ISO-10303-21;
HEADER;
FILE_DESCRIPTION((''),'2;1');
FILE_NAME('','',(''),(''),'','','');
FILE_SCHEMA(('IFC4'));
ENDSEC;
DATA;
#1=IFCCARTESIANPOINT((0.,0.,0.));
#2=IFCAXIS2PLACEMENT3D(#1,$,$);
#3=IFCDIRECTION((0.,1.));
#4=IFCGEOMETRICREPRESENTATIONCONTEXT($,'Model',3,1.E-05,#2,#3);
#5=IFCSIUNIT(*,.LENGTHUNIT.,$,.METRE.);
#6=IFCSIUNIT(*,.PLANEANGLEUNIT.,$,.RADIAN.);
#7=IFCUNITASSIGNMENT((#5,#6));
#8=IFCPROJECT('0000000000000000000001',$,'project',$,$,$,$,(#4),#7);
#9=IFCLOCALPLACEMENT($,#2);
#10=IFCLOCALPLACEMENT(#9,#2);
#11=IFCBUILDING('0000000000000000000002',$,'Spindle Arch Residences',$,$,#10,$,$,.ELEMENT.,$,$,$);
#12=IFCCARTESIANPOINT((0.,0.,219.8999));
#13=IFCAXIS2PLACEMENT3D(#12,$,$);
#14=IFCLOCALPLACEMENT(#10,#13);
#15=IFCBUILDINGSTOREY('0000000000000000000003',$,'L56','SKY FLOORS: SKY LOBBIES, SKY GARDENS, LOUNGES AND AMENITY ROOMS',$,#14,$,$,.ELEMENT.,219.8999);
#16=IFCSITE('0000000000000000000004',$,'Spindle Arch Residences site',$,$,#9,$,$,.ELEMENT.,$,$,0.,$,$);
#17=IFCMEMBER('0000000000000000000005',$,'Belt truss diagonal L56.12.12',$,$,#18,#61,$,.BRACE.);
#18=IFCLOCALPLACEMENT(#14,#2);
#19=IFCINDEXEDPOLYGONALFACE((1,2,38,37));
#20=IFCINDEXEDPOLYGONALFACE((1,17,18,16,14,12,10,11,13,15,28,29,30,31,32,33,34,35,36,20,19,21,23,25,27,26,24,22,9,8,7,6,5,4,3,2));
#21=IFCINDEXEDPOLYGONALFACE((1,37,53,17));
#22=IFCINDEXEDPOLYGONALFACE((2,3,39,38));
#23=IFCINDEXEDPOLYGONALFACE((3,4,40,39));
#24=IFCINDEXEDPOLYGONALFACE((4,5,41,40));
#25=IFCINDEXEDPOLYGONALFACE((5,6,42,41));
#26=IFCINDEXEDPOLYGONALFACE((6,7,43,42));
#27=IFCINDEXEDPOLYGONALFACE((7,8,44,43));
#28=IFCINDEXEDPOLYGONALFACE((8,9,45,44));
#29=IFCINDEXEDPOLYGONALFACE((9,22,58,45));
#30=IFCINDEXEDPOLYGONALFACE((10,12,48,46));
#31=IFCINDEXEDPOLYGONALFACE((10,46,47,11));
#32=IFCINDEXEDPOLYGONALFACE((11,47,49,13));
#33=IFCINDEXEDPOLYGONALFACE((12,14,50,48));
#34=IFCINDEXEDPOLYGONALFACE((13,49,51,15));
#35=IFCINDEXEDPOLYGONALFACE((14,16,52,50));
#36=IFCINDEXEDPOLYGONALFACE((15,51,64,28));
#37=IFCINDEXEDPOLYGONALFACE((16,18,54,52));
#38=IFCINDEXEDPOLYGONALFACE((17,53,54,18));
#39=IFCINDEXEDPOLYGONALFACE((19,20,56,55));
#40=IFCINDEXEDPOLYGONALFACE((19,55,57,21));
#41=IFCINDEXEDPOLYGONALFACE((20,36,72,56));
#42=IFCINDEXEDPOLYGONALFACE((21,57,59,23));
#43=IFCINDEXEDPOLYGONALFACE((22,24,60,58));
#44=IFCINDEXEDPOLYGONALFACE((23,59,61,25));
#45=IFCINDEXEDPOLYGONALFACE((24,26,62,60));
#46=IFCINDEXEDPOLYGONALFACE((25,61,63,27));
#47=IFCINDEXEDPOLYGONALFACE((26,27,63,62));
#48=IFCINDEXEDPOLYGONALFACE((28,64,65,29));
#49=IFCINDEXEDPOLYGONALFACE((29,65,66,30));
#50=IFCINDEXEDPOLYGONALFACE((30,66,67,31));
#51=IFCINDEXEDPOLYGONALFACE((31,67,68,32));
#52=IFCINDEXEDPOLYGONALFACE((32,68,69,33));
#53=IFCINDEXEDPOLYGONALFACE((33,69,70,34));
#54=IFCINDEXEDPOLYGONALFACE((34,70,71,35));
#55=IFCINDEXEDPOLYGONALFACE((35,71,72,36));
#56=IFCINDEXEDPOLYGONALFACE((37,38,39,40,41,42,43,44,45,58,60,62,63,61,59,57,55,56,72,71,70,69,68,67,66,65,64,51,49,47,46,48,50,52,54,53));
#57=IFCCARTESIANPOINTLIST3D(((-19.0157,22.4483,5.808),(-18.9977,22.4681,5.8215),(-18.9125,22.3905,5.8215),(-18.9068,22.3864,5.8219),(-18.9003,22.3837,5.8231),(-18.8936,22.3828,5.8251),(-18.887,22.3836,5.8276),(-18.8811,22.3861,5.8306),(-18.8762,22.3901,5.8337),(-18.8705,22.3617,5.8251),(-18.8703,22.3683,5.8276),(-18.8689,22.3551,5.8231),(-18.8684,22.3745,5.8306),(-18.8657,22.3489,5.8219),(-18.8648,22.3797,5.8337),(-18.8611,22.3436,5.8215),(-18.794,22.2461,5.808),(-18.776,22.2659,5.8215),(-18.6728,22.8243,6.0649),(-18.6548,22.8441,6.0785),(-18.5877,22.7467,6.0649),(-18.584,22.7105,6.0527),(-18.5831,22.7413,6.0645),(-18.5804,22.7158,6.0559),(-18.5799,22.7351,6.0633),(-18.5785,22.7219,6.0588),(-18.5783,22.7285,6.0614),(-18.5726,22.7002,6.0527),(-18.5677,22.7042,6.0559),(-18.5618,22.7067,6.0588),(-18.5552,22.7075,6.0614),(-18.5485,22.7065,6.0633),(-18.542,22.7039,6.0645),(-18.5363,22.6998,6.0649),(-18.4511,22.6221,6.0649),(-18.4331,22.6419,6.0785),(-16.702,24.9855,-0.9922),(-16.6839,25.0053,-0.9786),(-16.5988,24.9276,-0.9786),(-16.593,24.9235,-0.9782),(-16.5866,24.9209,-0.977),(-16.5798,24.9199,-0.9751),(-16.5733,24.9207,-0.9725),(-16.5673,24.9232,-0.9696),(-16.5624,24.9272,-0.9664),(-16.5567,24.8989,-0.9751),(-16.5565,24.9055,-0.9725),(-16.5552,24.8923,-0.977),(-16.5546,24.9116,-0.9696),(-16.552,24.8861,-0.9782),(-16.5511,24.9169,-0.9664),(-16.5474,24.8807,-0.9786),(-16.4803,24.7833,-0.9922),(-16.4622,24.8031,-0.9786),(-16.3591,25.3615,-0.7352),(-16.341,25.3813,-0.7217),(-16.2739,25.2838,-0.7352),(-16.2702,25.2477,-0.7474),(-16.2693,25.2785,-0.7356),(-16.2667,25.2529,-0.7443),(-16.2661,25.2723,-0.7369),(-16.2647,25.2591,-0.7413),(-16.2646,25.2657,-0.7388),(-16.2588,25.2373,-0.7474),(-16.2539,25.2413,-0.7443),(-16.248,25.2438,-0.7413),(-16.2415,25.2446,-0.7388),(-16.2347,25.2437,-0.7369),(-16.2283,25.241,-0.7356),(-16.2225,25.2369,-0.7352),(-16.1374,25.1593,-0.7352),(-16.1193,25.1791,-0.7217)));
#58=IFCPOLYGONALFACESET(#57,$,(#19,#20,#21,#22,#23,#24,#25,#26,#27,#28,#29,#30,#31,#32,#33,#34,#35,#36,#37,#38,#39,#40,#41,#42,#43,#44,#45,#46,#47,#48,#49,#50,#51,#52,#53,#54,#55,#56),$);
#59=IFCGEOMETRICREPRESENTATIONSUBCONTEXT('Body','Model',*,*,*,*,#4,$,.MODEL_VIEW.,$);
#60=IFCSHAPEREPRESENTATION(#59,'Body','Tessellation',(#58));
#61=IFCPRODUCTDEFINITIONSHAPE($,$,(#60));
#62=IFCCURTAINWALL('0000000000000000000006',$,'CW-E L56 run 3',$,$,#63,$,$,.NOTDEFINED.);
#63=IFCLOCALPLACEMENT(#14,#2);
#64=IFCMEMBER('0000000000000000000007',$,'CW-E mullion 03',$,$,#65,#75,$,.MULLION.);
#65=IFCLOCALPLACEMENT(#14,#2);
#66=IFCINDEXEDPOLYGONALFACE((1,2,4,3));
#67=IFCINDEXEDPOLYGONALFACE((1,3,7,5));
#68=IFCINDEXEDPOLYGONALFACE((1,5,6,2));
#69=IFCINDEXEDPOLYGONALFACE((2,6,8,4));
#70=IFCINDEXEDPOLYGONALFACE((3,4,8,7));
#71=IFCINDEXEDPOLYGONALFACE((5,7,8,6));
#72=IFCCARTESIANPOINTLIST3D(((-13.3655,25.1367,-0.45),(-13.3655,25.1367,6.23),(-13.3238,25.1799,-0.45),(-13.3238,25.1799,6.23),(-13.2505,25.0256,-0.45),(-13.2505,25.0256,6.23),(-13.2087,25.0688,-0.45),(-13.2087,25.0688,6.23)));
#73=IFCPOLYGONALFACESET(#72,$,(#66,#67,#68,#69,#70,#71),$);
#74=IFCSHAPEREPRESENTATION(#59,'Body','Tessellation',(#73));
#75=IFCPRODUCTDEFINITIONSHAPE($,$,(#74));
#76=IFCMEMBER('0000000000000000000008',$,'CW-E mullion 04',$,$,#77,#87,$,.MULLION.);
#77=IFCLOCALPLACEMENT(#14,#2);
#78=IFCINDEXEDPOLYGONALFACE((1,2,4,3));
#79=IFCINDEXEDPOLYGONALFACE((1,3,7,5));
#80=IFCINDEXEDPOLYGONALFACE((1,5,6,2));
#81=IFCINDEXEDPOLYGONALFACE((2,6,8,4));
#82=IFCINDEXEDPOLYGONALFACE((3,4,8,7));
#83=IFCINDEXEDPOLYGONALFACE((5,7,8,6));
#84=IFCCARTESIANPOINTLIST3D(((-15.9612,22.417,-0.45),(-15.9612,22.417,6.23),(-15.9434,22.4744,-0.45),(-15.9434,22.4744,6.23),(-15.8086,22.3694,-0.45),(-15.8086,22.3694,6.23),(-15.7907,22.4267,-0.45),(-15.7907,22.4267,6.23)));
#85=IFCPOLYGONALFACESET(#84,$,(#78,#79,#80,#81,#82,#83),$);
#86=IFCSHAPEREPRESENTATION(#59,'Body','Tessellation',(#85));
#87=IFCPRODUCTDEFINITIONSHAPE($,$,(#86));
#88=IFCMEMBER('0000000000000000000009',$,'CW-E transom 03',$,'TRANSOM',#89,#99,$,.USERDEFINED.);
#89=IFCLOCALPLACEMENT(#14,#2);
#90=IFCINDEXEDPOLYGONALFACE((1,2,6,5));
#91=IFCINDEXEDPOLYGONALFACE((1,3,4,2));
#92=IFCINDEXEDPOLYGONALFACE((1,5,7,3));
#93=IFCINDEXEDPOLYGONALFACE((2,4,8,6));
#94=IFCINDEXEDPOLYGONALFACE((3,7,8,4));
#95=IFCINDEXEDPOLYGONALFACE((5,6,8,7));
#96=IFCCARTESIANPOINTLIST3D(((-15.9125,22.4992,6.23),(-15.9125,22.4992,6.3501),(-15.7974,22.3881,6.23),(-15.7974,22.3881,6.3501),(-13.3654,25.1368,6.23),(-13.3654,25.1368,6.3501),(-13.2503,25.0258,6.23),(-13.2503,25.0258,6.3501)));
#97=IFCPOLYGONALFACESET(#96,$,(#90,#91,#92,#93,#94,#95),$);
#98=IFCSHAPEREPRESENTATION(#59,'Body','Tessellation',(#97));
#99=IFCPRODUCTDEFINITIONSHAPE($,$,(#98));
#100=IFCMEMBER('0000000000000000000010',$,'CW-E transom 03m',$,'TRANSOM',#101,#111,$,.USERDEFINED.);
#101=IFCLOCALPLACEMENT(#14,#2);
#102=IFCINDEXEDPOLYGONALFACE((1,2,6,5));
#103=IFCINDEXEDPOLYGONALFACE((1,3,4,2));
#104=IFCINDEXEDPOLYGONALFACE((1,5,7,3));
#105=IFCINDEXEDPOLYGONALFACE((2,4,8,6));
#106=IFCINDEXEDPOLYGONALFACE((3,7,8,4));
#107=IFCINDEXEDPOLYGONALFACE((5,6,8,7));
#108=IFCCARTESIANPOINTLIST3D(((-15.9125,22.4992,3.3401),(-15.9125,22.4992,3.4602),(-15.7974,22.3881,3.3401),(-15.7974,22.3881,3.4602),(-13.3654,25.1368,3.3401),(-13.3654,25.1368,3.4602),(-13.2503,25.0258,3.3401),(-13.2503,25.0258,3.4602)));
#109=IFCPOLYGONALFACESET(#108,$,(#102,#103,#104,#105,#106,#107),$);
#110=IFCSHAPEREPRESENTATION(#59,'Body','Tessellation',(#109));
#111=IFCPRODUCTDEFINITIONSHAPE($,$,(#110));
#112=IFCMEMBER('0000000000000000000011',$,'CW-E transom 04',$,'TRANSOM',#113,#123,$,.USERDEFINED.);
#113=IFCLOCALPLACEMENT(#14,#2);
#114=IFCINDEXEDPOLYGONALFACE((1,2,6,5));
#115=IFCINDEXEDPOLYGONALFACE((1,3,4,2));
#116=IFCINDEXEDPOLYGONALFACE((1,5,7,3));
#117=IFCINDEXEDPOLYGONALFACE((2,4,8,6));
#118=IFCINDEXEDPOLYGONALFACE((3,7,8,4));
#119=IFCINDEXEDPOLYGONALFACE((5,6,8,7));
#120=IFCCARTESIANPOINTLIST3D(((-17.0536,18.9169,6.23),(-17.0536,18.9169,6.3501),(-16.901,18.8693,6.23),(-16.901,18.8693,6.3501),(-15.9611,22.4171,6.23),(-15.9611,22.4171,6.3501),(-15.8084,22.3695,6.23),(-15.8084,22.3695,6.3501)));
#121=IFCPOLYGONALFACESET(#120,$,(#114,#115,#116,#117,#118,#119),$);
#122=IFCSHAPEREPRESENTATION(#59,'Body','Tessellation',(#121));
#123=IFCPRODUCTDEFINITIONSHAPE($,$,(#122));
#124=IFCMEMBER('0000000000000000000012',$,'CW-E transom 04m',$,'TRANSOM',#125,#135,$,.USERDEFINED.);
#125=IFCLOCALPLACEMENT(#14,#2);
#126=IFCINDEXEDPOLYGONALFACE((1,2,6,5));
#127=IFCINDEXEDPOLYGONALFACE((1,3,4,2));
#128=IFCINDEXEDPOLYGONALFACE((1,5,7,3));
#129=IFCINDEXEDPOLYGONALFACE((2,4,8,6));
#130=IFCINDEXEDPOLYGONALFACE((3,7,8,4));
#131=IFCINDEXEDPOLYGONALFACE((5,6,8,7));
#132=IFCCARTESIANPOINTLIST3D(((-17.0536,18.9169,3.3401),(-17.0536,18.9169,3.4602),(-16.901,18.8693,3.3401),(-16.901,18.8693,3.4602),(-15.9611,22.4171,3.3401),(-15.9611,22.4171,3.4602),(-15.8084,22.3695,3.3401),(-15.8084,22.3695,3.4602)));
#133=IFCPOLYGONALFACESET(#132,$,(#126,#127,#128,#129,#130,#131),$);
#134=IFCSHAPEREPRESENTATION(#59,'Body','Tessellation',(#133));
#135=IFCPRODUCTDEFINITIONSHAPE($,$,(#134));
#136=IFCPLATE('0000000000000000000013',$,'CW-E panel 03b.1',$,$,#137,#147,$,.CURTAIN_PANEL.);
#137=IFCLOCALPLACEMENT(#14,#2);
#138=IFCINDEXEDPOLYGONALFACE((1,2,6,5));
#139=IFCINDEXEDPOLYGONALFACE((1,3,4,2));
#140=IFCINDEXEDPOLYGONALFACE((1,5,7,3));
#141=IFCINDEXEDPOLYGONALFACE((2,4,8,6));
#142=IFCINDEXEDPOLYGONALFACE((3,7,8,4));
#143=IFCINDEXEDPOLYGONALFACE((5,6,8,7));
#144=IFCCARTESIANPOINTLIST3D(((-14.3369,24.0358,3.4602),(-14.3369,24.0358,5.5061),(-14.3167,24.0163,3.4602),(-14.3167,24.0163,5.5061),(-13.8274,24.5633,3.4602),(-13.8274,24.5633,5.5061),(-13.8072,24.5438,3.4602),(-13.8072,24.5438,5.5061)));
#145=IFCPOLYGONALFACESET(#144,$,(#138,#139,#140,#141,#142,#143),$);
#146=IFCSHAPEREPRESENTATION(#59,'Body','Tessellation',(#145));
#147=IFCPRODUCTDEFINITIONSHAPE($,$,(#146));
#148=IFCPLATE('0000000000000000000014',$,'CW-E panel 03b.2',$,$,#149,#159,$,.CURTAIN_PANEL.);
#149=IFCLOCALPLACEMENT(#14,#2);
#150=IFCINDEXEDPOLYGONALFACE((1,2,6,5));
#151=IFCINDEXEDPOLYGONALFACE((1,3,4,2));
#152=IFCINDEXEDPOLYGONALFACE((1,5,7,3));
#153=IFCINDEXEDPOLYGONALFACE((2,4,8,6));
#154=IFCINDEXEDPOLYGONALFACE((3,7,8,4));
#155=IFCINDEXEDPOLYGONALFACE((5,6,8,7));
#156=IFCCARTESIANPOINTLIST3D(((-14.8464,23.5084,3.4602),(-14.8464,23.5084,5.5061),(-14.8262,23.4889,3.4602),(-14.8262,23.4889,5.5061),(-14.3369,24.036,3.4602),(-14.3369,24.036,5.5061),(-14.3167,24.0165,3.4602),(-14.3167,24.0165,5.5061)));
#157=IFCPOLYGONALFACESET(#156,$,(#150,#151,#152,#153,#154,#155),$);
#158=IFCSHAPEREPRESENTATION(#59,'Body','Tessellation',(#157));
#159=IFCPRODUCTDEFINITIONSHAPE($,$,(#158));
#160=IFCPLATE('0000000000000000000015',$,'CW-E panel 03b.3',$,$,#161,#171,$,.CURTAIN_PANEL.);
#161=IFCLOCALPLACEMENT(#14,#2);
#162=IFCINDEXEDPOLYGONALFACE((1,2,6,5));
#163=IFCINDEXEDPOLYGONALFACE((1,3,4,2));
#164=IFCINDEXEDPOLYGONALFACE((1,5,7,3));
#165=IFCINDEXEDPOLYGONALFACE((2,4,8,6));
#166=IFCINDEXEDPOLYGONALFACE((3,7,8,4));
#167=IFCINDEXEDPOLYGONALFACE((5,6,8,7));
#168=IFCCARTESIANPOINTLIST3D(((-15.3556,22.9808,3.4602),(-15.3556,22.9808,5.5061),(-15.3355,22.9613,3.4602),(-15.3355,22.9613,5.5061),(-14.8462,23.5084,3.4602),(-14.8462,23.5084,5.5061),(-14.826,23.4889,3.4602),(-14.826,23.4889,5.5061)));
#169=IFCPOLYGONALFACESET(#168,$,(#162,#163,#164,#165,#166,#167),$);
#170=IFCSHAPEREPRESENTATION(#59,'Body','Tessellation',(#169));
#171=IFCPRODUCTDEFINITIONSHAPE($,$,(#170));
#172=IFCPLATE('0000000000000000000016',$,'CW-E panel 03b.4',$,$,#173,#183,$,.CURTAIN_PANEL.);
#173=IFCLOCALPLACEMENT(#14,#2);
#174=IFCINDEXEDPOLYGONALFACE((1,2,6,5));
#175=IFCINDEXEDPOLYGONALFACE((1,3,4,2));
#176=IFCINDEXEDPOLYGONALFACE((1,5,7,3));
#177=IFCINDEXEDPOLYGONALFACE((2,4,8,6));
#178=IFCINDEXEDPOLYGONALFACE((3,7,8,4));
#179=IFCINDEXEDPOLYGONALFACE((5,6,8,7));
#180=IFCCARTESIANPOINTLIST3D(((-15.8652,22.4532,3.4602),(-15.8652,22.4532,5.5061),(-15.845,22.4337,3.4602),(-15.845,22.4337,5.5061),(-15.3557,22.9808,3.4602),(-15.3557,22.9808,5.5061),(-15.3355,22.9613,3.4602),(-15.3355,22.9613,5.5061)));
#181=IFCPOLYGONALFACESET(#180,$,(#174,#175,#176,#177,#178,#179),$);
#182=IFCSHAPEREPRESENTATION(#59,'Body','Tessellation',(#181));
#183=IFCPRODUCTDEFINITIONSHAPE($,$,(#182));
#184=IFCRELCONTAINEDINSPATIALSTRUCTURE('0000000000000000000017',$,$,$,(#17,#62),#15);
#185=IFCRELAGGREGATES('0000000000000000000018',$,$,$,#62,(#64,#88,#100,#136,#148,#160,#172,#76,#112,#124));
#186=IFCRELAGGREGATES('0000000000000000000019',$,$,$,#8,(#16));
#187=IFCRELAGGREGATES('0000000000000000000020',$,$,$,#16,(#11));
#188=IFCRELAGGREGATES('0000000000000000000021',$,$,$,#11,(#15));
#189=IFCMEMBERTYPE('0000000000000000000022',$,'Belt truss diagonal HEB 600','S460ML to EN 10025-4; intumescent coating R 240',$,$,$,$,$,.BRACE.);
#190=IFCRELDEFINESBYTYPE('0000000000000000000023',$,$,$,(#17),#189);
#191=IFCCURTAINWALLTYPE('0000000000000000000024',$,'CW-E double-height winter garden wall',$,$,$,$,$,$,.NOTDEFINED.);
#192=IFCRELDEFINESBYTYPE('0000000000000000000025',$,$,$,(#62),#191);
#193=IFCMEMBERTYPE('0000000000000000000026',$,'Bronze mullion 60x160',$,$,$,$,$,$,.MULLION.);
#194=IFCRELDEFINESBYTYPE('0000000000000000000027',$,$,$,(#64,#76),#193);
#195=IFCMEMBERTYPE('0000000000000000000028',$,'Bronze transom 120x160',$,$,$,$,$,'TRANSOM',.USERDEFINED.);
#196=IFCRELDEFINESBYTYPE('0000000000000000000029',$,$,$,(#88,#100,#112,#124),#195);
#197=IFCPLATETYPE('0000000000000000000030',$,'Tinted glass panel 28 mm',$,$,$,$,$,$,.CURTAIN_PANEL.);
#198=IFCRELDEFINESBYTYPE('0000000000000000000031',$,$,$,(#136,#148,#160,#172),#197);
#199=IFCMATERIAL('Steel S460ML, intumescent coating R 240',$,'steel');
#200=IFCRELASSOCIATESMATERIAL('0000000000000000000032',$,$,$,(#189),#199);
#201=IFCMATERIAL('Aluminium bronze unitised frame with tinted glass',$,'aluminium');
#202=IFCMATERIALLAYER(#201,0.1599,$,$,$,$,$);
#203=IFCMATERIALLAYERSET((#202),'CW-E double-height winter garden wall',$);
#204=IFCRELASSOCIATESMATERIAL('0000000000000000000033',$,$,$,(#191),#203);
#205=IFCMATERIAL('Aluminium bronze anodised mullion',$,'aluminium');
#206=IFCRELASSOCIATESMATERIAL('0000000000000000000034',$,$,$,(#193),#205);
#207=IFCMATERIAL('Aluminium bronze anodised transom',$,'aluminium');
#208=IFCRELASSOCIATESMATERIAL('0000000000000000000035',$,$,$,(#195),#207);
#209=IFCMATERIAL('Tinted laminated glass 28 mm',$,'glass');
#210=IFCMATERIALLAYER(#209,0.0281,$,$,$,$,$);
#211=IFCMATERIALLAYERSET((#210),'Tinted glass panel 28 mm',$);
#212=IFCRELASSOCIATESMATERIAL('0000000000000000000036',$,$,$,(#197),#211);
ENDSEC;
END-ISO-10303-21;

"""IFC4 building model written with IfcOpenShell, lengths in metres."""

from ifc_helpers import new_model, si_unit, direction, frame, origin, origin_2d, place, context, subcontext, project, spatial, rectangle, i_section, extrude, material, layer, layer_set, material_profile, profile_set, type_object, element, aggregate, save


model = new_model("IFC4")

# Units and contexts
model_context = context("Model", 3, precision=1e-05, world=origin(), true_north=direction((0.0, 1.0)))
body_context = subcontext(model_context, "Body", "Model", "MODEL_VIEW")
ifc_project = project(units=[si_unit("LENGTHUNIT", "METRE"), si_unit("PLANEANGLEUNIT", "RADIAN")], contexts=[model_context])

# Site, building, storey
site_placement = place(None, origin())
site = spatial("IfcSite", under=ifc_project, at=site_placement, Name="Spindle Arch Residences site", CompositionType="ELEMENT", RefElevation=0.0)
building_placement = place(site_placement, origin())
building = spatial("IfcBuilding", under=site, at=building_placement, Name="Spindle Arch Residences", CompositionType="ELEMENT")
storey_placement = place(building_placement, frame((0.0, 0.0, 219.8999)))
storey = spatial("IfcBuildingStorey", under=building, at=storey_placement, Name="L56", Description="SKY FLOORS: SKY LOBBIES, SKY GARDENS, LOUNGES AND AMENITY ROOMS", CompositionType="ELEMENT", Elevation=219.8999)

# Member
ifc_material_1 = material(Name="Steel S460ML, intumescent coating R 240", Category="steel")
ifc_material_profile_1 = material_profile(ifc_material_1, i_section(OverallWidth=0.3, OverallDepth=0.6001, WebThickness=0.0154, FlangeThickness=0.03, FilletRadius=0.0271, at=origin_2d()), Name="HEB 600")
ifc_profile_set_1 = profile_set([ifc_material_profile_1], Name="Steel S460ML, intumescent coating R 240")
member_type_1 = type_object("IfcMemberType", Name="Belt truss diagonal HEB 600", Description="S460ML to EN 10025-4; intumescent coating R 240", PredefinedType="BRACE", material=ifc_profile_set_1)
member_1_placement = place(storey_placement, frame((-16.4106, 25.0823, -0.8569), z_axis=(-0.303726, -0.33305, 0.892652), x_axis=(0.738887, -0.673829, 0.0)))
element("IfcMember", 1, at=member_1_placement, inside=storey, type_object=member_type_1, Name="Belt truss diagonal L56.12.12", PredefinedType="BRACE", context=body_context, shape_type="SweptSolid", body=[
    extrude(i_section(OverallWidth=0.3, OverallDepth=0.6001, WebThickness=0.0154, FlangeThickness=0.03, FilletRadius=0.0271, at=origin_2d()), origin(), (0.0, 0.0, 1.0), 7.6179),
])

# Curtain wall, members, plates
ifc_material_2 = material(Name="Aluminium bronze unitised frame with tinted glass", Category="aluminium")
ifc_layer_1 = layer(ifc_material_2, 0.1599)
ifc_layer_set_1 = layer_set([ifc_layer_1], Name="CW-E double-height winter garden wall")
curtain_wall_type = type_object("IfcCurtainWallType", Name="CW-E double-height winter garden wall", PredefinedType="NOTDEFINED", material=ifc_layer_set_1)
curtain_wall_placement = place(storey_placement, origin())
curtain_wall = element("IfcCurtainWall", 2, at=curtain_wall_placement, inside=storey, type_object=curtain_wall_type, Name="CW-E L56 run 3", PredefinedType="NOTDEFINED")
ifc_material_3 = material(Name="Aluminium bronze anodised mullion", Category="aluminium")
ifc_material_profile_2 = material_profile(ifc_material_3, rectangle(XDim=0.1599, YDim=0.0601, at=origin_2d()), Name="MU 60x160")
ifc_profile_set_2 = profile_set([ifc_material_profile_2], Name="Aluminium bronze anodised mullion")
member_type_2 = type_object("IfcMemberType", Name="Bronze mullion 60x160", PredefinedType="MULLION", material=ifc_profile_set_2)
member_2_placement = place(storey_placement, frame((-13.2871, 25.1028, -0.45), z_axis=(0.0, 0.0, 1.0), x_axis=(0.71934, -0.694658, 0.0)))
member_2 = element("IfcMember", 3, at=member_2_placement, type_object=member_type_2, Name="CW-E mullion 03", PredefinedType="MULLION", context=body_context, shape_type="SweptSolid", body=[
    extrude(rectangle(XDim=0.1599, YDim=0.0601, at=origin_2d()), origin(), (0.0, 0.0, 1.0), 6.6799),
])
member_3_placement = place(storey_placement, frame((-15.876, 22.4219, -0.45), z_axis=(0.0, 0.0, 1.0), x_axis=(0.954588, -0.29793, 0.0)))
member_3 = element("IfcMember", 4, at=member_3_placement, type_object=member_type_2, Name="CW-E mullion 04", PredefinedType="MULLION", context=body_context, shape_type="SweptSolid", body=[
    extrude(rectangle(XDim=0.1599, YDim=0.0601, at=origin_2d()), origin(), (0.0, 0.0, 1.0), 6.6799),
])
ifc_material_4 = material(Name="Aluminium bronze anodised transom", Category="aluminium")
ifc_material_profile_3 = material_profile(ifc_material_4, rectangle(XDim=0.1599, YDim=0.1201, at=origin_2d()), Name="TR 120x160")
ifc_profile_set_3 = profile_set([ifc_material_profile_3], Name="Aluminium bronze anodised transom")
member_type_3 = type_object("IfcMemberType", Name="Bronze transom 120x160", ElementType="TRANSOM", PredefinedType="USERDEFINED", material=ifc_profile_set_3)
member_4_placement = place(storey_placement, frame((-13.3079, 25.0813, 6.29), z_axis=(-0.694648, -0.71935, 0.0), x_axis=(0.71935, -0.694648, 0.0)))
member_4 = element("IfcMember", 5, at=member_4_placement, type_object=member_type_3, Name="CW-E transom 03", ObjectType="TRANSOM", PredefinedType="USERDEFINED", context=body_context, shape_type="SweptSolid", body=[
    extrude(rectangle(XDim=0.1599, YDim=0.1201, at=origin_2d()), origin(), (0.0, 0.0, 1.0), 3.6667),
])
member_5_placement = place(storey_placement, frame((-13.3079, 25.0813, 3.4001), z_axis=(-0.694648, -0.71935, 0.0), x_axis=(0.71935, -0.694648, 0.0)))
member_5 = element("IfcMember", 6, at=member_5_placement, type_object=member_type_3, Name="CW-E transom 03m", ObjectType="TRANSOM", PredefinedType="USERDEFINED", context=body_context, shape_type="SweptSolid", body=[
    extrude(rectangle(XDim=0.1599, YDim=0.1201, at=origin_2d()), origin(), (0.0, 0.0, 1.0), 3.6667),
])
member_6_placement = place(storey_placement, frame((-15.8848, 22.3933, 6.29), z_axis=(-0.297953, -0.954581, 0.0), x_axis=(0.954581, -0.297953, 0.0)))
member_6 = element("IfcMember", 7, at=member_6_placement, type_object=member_type_3, Name="CW-E transom 04", ObjectType="TRANSOM", PredefinedType="USERDEFINED", context=body_context, shape_type="SweptSolid", body=[
    extrude(rectangle(XDim=0.1599, YDim=0.1201, at=origin_2d()), origin(), (0.0, 0.0, 1.0), 3.6667),
])
member_7_placement = place(storey_placement, frame((-15.8848, 22.3933, 3.4001), z_axis=(-0.297953, -0.954581, 0.0), x_axis=(0.954581, -0.297953, 0.0)))
member_7 = element("IfcMember", 8, at=member_7_placement, type_object=member_type_3, Name="CW-E transom 04m", ObjectType="TRANSOM", PredefinedType="USERDEFINED", context=body_context, shape_type="SweptSolid", body=[
    extrude(rectangle(XDim=0.1599, YDim=0.1201, at=origin_2d()), origin(), (0.0, 0.0, 1.0), 3.6667),
])
ifc_material_5 = material(Name="Tinted laminated glass 28 mm", Category="glass")
ifc_layer_2 = layer(ifc_material_5, 0.0281)
ifc_layer_set_2 = layer_set([ifc_layer_2], Name="Tinted glass panel 28 mm")
plate_type_1 = type_object("IfcPlateType", Name="Tinted glass panel 28 mm", PredefinedType="CURTAIN_PANEL", material=ifc_layer_set_2)
plate_1_placement = place(storey_placement, frame((-14.072, 24.2898, 3.4602), z_axis=(0.0, 0.0, 1.0), x_axis=(-0.694658, -0.71934, 0.0)))
plate_1 = element("IfcPlate", 9, at=plate_1_placement, type_object=plate_type_1, Name="CW-E panel 03b.1", PredefinedType="CURTAIN_PANEL", context=body_context, shape_type="SweptSolid", body=[
    extrude(rectangle(XDim=0.7334, YDim=0.0281, at=origin_2d()), origin(), (0.0, 0.0, 1.0), 2.0459),
])
plate_2_placement = place(storey_placement, frame((-14.5815, 23.7625, 3.4602), z_axis=(0.0, 0.0, 1.0), x_axis=(-0.694658, -0.71934, 0.0)))
plate_2 = element("IfcPlate", 10, at=plate_2_placement, type_object=plate_type_1, Name="CW-E panel 03b.2", PredefinedType="CURTAIN_PANEL", context=body_context, shape_type="SweptSolid", body=[
    extrude(rectangle(XDim=0.7334, YDim=0.0281, at=origin_2d()), origin(), (0.0, 0.0, 1.0), 2.0459),
])
plate_3_placement = place(storey_placement, frame((-15.0908, 23.2349, 3.4602), z_axis=(0.0, 0.0, 1.0), x_axis=(-0.694658, -0.71934, 0.0)))
plate_3 = element("IfcPlate", 11, at=plate_3_placement, type_object=plate_type_1, Name="CW-E panel 03b.3", PredefinedType="CURTAIN_PANEL", context=body_context, shape_type="SweptSolid", body=[
    extrude(rectangle(XDim=0.7334, YDim=0.0281, at=origin_2d()), origin(), (0.0, 0.0, 1.0), 2.0459),
])
plate_4_placement = place(storey_placement, frame((-15.6003, 22.7073, 3.4602), z_axis=(0.0, 0.0, 1.0), x_axis=(-0.694658, -0.71934, 0.0)))
plate_4 = element("IfcPlate", 12, at=plate_4_placement, type_object=plate_type_1, Name="CW-E panel 03b.4", PredefinedType="CURTAIN_PANEL", context=body_context, shape_type="SweptSolid", body=[
    extrude(rectangle(XDim=0.7334, YDim=0.0281, at=origin_2d()), origin(), (0.0, 0.0, 1.0), 2.0459),
])
aggregate(curtain_wall, [member_2, member_4, member_5, plate_1, plate_2, plate_3, plate_4, member_3, member_6, member_7])

save(model, "model.ifc")
